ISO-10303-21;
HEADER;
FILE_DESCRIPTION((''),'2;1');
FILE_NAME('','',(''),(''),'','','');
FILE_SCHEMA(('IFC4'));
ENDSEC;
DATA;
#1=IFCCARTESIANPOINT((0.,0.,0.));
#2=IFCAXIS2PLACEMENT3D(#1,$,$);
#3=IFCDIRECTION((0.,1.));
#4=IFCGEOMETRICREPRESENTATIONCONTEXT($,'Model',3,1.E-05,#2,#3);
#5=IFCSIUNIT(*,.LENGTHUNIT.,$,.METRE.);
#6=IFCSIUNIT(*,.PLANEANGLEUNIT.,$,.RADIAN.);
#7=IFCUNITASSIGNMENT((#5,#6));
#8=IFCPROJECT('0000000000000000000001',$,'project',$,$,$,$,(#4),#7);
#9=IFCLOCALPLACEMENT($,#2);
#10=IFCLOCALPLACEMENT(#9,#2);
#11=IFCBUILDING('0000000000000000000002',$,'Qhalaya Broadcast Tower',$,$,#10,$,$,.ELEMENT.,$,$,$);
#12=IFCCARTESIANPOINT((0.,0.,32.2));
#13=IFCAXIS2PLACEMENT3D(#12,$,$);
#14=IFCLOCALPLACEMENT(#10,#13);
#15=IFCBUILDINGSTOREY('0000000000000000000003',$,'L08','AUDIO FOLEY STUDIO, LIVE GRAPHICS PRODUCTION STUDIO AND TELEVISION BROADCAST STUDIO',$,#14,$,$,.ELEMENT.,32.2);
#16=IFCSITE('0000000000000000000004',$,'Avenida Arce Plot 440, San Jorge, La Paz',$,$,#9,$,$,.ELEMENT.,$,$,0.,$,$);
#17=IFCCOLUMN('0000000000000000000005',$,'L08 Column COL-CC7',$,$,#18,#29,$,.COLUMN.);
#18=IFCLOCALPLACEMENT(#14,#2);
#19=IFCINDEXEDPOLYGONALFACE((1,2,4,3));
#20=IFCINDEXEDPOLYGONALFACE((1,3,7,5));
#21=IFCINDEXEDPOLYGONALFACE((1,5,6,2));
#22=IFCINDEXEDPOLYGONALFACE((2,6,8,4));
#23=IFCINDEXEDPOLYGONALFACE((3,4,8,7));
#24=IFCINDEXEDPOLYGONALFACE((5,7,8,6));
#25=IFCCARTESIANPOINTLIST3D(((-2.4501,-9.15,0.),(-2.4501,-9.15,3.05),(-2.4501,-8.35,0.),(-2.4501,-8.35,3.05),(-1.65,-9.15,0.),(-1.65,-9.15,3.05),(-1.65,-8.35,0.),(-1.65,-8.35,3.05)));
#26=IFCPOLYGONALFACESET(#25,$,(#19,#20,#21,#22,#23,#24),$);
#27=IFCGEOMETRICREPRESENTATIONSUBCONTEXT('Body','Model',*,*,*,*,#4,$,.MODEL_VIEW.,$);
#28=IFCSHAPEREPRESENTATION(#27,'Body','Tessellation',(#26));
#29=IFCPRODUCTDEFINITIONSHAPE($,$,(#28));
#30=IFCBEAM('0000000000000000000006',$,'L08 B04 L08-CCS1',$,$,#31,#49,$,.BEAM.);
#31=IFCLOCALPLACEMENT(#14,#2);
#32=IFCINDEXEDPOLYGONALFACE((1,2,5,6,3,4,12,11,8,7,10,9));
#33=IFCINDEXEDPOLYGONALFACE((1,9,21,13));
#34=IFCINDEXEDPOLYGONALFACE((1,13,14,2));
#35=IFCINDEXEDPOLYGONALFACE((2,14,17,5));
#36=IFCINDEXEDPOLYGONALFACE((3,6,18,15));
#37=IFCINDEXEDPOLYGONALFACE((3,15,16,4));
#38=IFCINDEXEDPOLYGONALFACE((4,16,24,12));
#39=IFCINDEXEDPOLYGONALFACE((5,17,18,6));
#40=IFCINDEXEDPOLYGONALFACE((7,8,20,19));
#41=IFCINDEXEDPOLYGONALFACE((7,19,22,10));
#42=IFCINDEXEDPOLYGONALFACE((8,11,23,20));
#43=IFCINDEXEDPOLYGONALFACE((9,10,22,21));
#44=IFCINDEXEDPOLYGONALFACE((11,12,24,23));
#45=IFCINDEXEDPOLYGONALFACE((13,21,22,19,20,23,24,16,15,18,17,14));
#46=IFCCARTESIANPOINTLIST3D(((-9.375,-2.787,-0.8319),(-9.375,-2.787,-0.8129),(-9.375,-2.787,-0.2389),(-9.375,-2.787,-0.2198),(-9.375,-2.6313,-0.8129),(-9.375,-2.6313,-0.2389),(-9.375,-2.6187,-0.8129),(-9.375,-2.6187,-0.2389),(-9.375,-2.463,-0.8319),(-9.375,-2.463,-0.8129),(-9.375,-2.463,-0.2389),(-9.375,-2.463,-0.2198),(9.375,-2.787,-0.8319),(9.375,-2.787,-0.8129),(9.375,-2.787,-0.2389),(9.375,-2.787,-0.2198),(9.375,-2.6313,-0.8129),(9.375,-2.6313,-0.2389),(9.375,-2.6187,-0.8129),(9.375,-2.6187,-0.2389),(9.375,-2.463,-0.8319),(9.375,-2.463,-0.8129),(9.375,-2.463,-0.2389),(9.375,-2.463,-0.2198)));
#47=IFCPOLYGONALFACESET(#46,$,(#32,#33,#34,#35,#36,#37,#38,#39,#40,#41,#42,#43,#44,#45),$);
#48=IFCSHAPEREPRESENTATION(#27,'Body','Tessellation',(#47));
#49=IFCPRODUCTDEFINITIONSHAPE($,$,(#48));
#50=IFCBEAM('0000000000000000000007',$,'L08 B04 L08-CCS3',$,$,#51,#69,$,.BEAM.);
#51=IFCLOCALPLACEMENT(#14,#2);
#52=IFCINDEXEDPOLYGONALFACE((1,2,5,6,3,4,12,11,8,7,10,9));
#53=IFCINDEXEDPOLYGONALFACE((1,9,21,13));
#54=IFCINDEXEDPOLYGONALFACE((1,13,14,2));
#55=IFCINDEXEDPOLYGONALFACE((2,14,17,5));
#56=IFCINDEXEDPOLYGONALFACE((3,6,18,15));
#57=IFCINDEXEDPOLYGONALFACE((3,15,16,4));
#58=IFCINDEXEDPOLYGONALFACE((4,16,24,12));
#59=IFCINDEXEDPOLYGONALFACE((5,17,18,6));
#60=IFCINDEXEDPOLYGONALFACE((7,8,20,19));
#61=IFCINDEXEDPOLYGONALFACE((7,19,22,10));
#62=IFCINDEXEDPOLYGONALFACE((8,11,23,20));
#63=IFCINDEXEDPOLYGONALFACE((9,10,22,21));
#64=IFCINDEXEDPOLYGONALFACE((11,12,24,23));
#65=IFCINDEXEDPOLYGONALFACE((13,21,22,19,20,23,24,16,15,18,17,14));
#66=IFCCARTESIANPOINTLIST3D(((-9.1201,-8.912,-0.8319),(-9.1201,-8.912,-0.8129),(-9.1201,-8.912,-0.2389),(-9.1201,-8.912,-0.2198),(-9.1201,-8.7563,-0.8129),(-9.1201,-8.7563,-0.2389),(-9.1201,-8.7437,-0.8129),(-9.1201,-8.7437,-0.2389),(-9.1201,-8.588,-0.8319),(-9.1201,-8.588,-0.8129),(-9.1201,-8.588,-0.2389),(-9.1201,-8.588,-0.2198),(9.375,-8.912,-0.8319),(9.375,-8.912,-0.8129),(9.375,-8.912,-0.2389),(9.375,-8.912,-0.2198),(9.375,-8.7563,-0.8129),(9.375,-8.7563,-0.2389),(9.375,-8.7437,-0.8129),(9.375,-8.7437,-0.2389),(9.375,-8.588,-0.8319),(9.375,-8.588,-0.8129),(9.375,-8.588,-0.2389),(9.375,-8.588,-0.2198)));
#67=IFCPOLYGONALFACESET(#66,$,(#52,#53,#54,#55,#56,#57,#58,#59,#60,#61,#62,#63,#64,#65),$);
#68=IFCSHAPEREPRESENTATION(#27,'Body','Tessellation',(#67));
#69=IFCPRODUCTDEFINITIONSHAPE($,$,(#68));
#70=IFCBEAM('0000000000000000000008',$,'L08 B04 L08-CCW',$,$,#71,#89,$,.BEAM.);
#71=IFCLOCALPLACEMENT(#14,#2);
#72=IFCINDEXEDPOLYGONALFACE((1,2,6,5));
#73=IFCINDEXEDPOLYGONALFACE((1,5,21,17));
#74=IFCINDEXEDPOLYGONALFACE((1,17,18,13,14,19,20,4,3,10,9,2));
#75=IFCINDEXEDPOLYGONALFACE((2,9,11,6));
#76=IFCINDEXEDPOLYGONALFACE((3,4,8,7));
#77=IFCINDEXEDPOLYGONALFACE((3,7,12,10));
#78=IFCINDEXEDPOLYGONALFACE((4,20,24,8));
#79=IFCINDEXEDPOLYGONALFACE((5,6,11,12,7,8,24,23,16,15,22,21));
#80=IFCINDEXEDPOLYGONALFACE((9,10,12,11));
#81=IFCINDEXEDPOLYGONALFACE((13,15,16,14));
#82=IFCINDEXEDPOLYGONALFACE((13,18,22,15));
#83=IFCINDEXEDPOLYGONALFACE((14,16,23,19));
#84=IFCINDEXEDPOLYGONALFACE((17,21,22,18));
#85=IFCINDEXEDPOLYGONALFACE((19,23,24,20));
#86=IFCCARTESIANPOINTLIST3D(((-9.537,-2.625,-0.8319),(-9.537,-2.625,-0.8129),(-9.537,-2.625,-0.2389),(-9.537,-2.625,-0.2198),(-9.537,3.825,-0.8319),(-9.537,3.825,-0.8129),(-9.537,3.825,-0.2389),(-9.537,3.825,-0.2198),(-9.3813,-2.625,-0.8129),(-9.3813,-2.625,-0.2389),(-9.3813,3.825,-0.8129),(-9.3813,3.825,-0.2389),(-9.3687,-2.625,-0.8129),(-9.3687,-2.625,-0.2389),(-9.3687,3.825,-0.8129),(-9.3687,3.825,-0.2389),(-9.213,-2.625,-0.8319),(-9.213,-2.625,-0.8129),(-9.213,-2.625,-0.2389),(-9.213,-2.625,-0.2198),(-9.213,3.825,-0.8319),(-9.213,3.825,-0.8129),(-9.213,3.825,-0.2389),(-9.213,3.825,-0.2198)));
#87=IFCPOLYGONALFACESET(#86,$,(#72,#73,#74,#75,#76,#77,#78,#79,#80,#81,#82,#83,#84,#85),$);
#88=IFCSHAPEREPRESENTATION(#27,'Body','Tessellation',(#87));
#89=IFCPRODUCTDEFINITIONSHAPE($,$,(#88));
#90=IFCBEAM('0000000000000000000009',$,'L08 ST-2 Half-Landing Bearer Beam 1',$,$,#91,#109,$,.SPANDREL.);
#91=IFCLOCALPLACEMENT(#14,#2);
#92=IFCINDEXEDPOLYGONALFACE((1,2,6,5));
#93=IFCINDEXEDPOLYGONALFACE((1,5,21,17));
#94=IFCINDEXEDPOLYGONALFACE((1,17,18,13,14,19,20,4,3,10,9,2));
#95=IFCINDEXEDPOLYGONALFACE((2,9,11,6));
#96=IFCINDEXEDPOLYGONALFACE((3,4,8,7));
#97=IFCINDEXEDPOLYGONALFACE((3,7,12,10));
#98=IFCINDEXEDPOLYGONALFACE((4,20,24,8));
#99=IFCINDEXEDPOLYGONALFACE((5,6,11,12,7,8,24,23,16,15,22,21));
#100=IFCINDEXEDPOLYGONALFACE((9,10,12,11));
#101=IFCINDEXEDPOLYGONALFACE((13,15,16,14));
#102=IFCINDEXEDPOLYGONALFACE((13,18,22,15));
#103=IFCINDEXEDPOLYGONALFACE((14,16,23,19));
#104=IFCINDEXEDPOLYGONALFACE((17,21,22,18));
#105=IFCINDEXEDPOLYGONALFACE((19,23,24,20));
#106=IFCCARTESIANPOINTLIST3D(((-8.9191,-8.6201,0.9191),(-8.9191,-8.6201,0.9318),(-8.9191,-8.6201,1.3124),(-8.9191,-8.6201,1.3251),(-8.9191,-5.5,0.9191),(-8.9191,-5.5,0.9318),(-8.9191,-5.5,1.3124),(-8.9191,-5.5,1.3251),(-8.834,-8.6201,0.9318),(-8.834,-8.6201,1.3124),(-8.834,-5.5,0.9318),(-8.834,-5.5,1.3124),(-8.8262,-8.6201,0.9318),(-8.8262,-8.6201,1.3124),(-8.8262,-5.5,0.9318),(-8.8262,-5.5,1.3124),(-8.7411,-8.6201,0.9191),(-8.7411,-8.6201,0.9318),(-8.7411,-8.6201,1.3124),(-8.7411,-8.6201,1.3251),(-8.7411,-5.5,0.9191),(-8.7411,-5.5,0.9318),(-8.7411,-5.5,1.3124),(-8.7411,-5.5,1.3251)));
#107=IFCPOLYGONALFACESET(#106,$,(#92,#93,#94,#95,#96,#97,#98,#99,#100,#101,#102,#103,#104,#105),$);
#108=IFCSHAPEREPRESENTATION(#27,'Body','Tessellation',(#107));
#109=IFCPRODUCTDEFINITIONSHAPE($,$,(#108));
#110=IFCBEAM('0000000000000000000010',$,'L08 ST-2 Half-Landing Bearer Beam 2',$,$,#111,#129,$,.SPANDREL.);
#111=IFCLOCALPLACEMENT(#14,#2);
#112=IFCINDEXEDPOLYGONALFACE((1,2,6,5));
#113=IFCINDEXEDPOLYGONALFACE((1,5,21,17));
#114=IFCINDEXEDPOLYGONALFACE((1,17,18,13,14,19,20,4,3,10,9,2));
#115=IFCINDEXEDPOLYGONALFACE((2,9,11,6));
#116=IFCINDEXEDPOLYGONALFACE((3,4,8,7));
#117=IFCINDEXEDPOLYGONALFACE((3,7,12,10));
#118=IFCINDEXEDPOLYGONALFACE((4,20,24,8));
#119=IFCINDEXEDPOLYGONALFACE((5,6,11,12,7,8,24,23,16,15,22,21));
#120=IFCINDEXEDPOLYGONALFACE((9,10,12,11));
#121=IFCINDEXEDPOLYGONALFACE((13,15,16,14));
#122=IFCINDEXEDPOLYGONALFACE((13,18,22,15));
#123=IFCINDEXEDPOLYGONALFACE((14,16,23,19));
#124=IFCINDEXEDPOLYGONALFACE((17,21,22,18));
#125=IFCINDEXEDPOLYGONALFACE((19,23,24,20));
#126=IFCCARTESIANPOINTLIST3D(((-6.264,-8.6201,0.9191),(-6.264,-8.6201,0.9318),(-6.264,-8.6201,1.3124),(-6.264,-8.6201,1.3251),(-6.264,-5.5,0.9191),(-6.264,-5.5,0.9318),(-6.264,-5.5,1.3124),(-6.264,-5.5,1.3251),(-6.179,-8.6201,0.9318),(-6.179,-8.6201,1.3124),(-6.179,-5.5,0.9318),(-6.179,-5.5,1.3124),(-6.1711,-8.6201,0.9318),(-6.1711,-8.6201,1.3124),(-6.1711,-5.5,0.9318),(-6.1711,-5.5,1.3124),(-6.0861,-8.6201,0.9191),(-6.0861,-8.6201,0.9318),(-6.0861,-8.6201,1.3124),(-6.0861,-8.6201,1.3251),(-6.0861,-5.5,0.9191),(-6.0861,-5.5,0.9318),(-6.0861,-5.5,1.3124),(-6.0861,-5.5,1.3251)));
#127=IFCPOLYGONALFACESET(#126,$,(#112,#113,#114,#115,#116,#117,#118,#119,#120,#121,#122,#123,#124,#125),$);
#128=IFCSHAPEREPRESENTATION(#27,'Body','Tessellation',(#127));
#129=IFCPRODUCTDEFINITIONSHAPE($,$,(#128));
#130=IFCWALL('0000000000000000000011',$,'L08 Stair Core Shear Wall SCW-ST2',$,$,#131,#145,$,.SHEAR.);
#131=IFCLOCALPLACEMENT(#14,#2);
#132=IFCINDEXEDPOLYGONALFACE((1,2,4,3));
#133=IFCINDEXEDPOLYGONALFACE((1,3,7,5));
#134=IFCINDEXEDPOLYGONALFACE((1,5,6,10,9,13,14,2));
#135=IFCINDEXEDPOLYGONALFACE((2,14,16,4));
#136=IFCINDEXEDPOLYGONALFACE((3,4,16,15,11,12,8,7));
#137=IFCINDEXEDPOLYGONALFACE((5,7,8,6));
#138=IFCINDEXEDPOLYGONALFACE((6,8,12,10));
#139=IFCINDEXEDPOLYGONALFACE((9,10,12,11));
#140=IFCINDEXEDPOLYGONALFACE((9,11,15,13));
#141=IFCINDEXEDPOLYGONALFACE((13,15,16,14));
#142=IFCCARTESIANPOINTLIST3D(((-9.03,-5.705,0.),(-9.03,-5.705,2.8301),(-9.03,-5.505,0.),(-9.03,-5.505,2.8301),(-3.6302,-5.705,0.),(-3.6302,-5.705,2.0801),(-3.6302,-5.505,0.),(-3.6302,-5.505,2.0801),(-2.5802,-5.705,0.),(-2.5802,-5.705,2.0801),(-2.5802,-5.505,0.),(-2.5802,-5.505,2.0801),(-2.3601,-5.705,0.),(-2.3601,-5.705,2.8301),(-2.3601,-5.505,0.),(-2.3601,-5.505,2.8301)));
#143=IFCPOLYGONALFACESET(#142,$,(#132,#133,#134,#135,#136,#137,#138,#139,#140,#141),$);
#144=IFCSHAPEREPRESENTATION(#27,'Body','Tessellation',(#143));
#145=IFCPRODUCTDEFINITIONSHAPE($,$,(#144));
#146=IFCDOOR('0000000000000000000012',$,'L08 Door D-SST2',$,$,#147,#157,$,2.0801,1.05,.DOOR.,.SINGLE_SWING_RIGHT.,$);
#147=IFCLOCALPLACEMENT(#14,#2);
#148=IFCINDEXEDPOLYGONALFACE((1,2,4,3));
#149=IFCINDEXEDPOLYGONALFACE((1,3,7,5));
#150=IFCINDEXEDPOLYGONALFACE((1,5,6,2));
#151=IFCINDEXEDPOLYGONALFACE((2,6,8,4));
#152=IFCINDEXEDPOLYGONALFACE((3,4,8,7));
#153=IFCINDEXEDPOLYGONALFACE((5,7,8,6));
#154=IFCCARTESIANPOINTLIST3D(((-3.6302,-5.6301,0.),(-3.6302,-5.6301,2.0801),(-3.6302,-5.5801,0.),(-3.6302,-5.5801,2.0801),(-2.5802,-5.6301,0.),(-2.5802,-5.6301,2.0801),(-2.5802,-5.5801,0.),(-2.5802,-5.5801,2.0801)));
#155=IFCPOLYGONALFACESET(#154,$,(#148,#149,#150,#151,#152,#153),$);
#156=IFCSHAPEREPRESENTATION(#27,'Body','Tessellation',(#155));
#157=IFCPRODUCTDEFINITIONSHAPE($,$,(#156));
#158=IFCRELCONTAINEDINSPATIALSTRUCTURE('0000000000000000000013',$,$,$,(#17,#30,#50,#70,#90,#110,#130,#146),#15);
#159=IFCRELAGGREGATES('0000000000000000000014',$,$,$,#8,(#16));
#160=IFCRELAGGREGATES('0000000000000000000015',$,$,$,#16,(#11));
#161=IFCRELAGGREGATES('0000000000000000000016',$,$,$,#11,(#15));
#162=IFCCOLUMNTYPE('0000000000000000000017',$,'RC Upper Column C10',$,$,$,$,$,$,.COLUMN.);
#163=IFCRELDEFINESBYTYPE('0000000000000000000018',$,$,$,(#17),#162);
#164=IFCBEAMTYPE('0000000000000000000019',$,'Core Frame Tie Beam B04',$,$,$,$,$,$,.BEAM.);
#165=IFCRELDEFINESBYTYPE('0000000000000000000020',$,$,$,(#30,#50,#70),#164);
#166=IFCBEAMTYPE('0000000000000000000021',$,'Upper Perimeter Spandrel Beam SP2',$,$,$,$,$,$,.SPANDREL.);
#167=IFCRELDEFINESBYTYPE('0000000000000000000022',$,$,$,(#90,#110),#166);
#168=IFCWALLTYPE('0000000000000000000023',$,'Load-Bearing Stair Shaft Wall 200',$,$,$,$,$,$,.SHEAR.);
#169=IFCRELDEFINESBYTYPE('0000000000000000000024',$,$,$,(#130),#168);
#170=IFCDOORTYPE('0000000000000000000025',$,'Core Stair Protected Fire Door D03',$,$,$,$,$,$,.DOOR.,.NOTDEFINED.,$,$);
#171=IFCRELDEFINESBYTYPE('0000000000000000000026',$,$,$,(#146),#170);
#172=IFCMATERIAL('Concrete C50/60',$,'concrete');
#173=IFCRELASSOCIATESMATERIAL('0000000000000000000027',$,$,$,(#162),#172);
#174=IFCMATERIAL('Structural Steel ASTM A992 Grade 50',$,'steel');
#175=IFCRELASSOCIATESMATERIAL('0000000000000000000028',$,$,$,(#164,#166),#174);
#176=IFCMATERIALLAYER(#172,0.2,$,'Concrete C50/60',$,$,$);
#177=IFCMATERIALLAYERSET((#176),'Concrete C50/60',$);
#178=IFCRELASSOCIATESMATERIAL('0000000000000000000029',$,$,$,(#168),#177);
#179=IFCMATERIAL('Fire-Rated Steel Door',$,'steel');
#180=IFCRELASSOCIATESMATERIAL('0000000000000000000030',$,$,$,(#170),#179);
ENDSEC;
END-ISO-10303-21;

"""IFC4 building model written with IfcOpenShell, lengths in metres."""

from ifc_helpers import new_model, si_unit, direction, frame, frame_2d, origin, origin_2d, place, context, subcontext, project, spatial, rectangle, i_section, extrude, material, layer, layer_set, material_profile, profile_set, type_object, element, fill, save


model = new_model("IFC4")

# Units and contexts
model_context = context("Model", 3, precision=1e-05, world=origin(), true_north=direction((0.0, 1.0)))
body_context = subcontext(model_context, "Body", "Model", "MODEL_VIEW")
ifc_project = project(units=[si_unit("LENGTHUNIT", "METRE"), si_unit("PLANEANGLEUNIT", "RADIAN")], contexts=[model_context])

# Site, building, storey
site_placement = place(None, origin())
site = spatial("IfcSite", under=ifc_project, at=site_placement, Name="Avenida Arce Plot 440, San Jorge, La Paz", CompositionType="ELEMENT", RefElevation=0.0)
building_placement = place(site_placement, origin())
building = spatial("IfcBuilding", under=site, at=building_placement, Name="Qhalaya Broadcast Tower", CompositionType="ELEMENT")
storey_placement = place(building_placement, frame((0.0, 0.0, 32.2)))
storey = spatial("IfcBuildingStorey", under=building, at=storey_placement, Name="L08", Description="AUDIO FOLEY STUDIO, LIVE GRAPHICS PRODUCTION STUDIO AND TELEVISION BROADCAST STUDIO", CompositionType="ELEMENT", Elevation=32.2)

# Column
ifc_material_1 = material(Name="Concrete C50/60", Category="concrete")
ifc_material_profile_1 = material_profile(ifc_material_1, rectangle(XDim=0.8, YDim=0.8, at=origin_2d()), Name="RC-COL 800x800")
ifc_profile_set_1 = profile_set([ifc_material_profile_1], Name="Concrete C50/60")
column_type = type_object("IfcColumnType", Name="RC Upper Column C10", PredefinedType="COLUMN", material=ifc_profile_set_1)
column_placement = place(storey_placement, frame((-2.05, -8.75, 0.0), z_axis=(0.0, 0.0, 1.0), x_axis=(1.0, 0.0, 0.0)))
element("IfcColumn", 1, at=column_placement, inside=storey, type_object=column_type, Name="L08 Column COL-CC7", PredefinedType="COLUMN", context=body_context, shape_type="SweptSolid", body=[
    extrude(rectangle(XDim=0.8, YDim=0.8, at=origin_2d()), origin(), (0.0, 0.0, 1.0), 3.05),
])

# Beams
ifc_material_2 = material(Name="Structural Steel ASTM A992 Grade 50", Category="steel")
ifc_material_profile_2 = material_profile(ifc_material_2, i_section(OverallWidth=0.324, OverallDepth=0.6121, WebThickness=0.0127, FlangeThickness=0.019, at=origin_2d()), Name="W24X104")
ifc_profile_set_2 = profile_set([ifc_material_profile_2], Name="Structural Steel ASTM A992 Grade 50")
beam_type_1 = type_object("IfcBeamType", Name="Core Frame Tie Beam B04", PredefinedType="BEAM", material=ifc_profile_set_2)
beam_1_placement = place(storey_placement, frame((-9.375, -2.625, -0.5259), z_axis=(1.0, 0.0, 0.0), x_axis=(0.0, 1.0, 0.0)))
element("IfcBeam", 2, at=beam_1_placement, inside=storey, type_object=beam_type_1, Name="L08 B04 L08-CCS1", PredefinedType="BEAM", context=body_context, shape_type="SweptSolid", body=[
    extrude(i_section(OverallWidth=0.324, OverallDepth=0.6121, WebThickness=0.0127, FlangeThickness=0.019, at=origin_2d()), origin(), (0.0, 0.0, 1.0), 18.75),
])
beam_2_placement = place(storey_placement, frame((-9.1201, -8.75, -0.5259), z_axis=(1.0, 0.0, 0.0), x_axis=(0.0, 1.0, 0.0)))
element("IfcBeam", 3, at=beam_2_placement, inside=storey, type_object=beam_type_1, Name="L08 B04 L08-CCS3", PredefinedType="BEAM", context=body_context, shape_type="SweptSolid", body=[
    extrude(i_section(OverallWidth=0.324, OverallDepth=0.6121, WebThickness=0.0127, FlangeThickness=0.019, at=origin_2d()), origin(), (0.0, 0.0, 1.0), 18.4951),
])
beam_3_placement = place(storey_placement, frame((-9.375, -2.625, -0.5259), z_axis=(0.0, 1.0, 0.0), x_axis=(-1.0, 0.0, 0.0)))
element("IfcBeam", 4, at=beam_3_placement, inside=storey, type_object=beam_type_1, Name="L08 B04 L08-CCW", PredefinedType="BEAM", context=body_context, shape_type="SweptSolid", body=[
    extrude(i_section(OverallWidth=0.324, OverallDepth=0.6121, WebThickness=0.0127, FlangeThickness=0.019, at=origin_2d()), origin(), (0.0, 0.0, 1.0), 6.45),
])
ifc_material_profile_3 = material_profile(ifc_material_2, i_section(OverallWidth=0.178, OverallDepth=0.406, WebThickness=0.0078, FlangeThickness=0.0127, at=origin_2d()), Name="W16X40")
ifc_profile_set_3 = profile_set([ifc_material_profile_3], Name="Structural Steel ASTM A992 Grade 50")
beam_type_2 = type_object("IfcBeamType", Name="Upper Perimeter Spandrel Beam SP2", PredefinedType="SPANDREL", material=ifc_profile_set_3)
for number, where, z_axis, x_axis, name in (
    (5, (-8.8301, -8.6201, 1.1221), (0.0, 1.0, 0.0), (-1.0, 0.0, 0.0), "L08 ST-2 Half-Landing Bearer Beam 1"),
    (6, (-6.175, -8.6201, 1.1221), (0.0, 1.0, 0.0), (-1.0, 0.0, 0.0), "L08 ST-2 Half-Landing Bearer Beam 2"),
):
    element("IfcBeam", number, at=place(storey_placement, frame(where, z_axis=z_axis, x_axis=x_axis)), inside=storey, type_object=beam_type_2, Name=name, PredefinedType="SPANDREL", context=body_context, shape_type="SweptSolid", body=[
        extrude(i_section(OverallWidth=0.178, OverallDepth=0.406, WebThickness=0.0078, FlangeThickness=0.0127, at=origin_2d()), origin(), (0.0, 0.0, 1.0), 3.1201),
    ])

# Wall, opening, door
ifc_layer_1 = layer(ifc_material_1, 0.2, Name="Concrete C50/60")
ifc_layer_set_1 = layer_set([ifc_layer_1], Name="Concrete C50/60")
wall_type_1 = type_object("IfcWallType", Name="Load-Bearing Stair Shaft Wall 200", PredefinedType="SHEAR", material=ifc_layer_set_1)
wall_1_placement = place(storey_placement, frame((-9.03, -5.605, 0.0), z_axis=(0.0, 0.0, 1.0), x_axis=(1.0, 0.0, 0.0)))
wall_1 = element("IfcWall", 7, at=wall_1_placement, inside=storey, type_object=wall_type_1, Name="L08 Stair Core Shear Wall SCW-ST2", PredefinedType="SHEAR", context=body_context, shape_type="SweptSolid", body=[
    extrude(rectangle(XDim=6.6699, YDim=0.2, at=frame_2d((3.335, 0.0))), origin(), (0.0, 0.0, 1.0), 2.8301),
])
opening_1_placement = place(wall_1_placement, frame((5.3999, 0.0, 0.0)))
opening_1 = element("IfcOpeningElement", 8, at=opening_1_placement, cuts=wall_1, PredefinedType="OPENING", context=body_context, shape_type="SweptSolid", body=[
    extrude(rectangle(XDim=1.05, YDim=2.0801, at=frame_2d((0.5249, 1.04))), frame((0.0, 0.1121, 0.0), z_axis=(0.0, -1.0, 0.0), x_axis=(1.0, 0.0, 0.0)), (0.0, 0.0, 1.0), 0.2239),
])
ifc_material_3 = material(Name="Fire-Rated Steel Door", Category="steel")
door_type_1 = type_object("IfcDoorType", Name="Core Stair Protected Fire Door D03", OperationType="NOTDEFINED", PredefinedType="DOOR", material=ifc_material_3)
door_1_placement = place(opening_1_placement, origin())
door_1 = element("IfcDoor", 9, at=door_1_placement, inside=storey, type_object=door_type_1, Name="L08 Door D-SST2", OperationType="SINGLE_SWING_RIGHT", OverallHeight=2.0801, OverallWidth=1.05, PredefinedType="DOOR", context=body_context, shape_type="SweptSolid", body=[
    extrude(rectangle(XDim=1.05, YDim=2.0801, at=frame_2d((0.5249, 1.04))), frame((0.0, 0.0249, 0.0), z_axis=(0.0, -1.0, 0.0), x_axis=(1.0, 0.0, 0.0)), (0.0, 0.0, 1.0), 0.05),
])
fill(opening_1, door_1)

save(model, "model.ifc")
